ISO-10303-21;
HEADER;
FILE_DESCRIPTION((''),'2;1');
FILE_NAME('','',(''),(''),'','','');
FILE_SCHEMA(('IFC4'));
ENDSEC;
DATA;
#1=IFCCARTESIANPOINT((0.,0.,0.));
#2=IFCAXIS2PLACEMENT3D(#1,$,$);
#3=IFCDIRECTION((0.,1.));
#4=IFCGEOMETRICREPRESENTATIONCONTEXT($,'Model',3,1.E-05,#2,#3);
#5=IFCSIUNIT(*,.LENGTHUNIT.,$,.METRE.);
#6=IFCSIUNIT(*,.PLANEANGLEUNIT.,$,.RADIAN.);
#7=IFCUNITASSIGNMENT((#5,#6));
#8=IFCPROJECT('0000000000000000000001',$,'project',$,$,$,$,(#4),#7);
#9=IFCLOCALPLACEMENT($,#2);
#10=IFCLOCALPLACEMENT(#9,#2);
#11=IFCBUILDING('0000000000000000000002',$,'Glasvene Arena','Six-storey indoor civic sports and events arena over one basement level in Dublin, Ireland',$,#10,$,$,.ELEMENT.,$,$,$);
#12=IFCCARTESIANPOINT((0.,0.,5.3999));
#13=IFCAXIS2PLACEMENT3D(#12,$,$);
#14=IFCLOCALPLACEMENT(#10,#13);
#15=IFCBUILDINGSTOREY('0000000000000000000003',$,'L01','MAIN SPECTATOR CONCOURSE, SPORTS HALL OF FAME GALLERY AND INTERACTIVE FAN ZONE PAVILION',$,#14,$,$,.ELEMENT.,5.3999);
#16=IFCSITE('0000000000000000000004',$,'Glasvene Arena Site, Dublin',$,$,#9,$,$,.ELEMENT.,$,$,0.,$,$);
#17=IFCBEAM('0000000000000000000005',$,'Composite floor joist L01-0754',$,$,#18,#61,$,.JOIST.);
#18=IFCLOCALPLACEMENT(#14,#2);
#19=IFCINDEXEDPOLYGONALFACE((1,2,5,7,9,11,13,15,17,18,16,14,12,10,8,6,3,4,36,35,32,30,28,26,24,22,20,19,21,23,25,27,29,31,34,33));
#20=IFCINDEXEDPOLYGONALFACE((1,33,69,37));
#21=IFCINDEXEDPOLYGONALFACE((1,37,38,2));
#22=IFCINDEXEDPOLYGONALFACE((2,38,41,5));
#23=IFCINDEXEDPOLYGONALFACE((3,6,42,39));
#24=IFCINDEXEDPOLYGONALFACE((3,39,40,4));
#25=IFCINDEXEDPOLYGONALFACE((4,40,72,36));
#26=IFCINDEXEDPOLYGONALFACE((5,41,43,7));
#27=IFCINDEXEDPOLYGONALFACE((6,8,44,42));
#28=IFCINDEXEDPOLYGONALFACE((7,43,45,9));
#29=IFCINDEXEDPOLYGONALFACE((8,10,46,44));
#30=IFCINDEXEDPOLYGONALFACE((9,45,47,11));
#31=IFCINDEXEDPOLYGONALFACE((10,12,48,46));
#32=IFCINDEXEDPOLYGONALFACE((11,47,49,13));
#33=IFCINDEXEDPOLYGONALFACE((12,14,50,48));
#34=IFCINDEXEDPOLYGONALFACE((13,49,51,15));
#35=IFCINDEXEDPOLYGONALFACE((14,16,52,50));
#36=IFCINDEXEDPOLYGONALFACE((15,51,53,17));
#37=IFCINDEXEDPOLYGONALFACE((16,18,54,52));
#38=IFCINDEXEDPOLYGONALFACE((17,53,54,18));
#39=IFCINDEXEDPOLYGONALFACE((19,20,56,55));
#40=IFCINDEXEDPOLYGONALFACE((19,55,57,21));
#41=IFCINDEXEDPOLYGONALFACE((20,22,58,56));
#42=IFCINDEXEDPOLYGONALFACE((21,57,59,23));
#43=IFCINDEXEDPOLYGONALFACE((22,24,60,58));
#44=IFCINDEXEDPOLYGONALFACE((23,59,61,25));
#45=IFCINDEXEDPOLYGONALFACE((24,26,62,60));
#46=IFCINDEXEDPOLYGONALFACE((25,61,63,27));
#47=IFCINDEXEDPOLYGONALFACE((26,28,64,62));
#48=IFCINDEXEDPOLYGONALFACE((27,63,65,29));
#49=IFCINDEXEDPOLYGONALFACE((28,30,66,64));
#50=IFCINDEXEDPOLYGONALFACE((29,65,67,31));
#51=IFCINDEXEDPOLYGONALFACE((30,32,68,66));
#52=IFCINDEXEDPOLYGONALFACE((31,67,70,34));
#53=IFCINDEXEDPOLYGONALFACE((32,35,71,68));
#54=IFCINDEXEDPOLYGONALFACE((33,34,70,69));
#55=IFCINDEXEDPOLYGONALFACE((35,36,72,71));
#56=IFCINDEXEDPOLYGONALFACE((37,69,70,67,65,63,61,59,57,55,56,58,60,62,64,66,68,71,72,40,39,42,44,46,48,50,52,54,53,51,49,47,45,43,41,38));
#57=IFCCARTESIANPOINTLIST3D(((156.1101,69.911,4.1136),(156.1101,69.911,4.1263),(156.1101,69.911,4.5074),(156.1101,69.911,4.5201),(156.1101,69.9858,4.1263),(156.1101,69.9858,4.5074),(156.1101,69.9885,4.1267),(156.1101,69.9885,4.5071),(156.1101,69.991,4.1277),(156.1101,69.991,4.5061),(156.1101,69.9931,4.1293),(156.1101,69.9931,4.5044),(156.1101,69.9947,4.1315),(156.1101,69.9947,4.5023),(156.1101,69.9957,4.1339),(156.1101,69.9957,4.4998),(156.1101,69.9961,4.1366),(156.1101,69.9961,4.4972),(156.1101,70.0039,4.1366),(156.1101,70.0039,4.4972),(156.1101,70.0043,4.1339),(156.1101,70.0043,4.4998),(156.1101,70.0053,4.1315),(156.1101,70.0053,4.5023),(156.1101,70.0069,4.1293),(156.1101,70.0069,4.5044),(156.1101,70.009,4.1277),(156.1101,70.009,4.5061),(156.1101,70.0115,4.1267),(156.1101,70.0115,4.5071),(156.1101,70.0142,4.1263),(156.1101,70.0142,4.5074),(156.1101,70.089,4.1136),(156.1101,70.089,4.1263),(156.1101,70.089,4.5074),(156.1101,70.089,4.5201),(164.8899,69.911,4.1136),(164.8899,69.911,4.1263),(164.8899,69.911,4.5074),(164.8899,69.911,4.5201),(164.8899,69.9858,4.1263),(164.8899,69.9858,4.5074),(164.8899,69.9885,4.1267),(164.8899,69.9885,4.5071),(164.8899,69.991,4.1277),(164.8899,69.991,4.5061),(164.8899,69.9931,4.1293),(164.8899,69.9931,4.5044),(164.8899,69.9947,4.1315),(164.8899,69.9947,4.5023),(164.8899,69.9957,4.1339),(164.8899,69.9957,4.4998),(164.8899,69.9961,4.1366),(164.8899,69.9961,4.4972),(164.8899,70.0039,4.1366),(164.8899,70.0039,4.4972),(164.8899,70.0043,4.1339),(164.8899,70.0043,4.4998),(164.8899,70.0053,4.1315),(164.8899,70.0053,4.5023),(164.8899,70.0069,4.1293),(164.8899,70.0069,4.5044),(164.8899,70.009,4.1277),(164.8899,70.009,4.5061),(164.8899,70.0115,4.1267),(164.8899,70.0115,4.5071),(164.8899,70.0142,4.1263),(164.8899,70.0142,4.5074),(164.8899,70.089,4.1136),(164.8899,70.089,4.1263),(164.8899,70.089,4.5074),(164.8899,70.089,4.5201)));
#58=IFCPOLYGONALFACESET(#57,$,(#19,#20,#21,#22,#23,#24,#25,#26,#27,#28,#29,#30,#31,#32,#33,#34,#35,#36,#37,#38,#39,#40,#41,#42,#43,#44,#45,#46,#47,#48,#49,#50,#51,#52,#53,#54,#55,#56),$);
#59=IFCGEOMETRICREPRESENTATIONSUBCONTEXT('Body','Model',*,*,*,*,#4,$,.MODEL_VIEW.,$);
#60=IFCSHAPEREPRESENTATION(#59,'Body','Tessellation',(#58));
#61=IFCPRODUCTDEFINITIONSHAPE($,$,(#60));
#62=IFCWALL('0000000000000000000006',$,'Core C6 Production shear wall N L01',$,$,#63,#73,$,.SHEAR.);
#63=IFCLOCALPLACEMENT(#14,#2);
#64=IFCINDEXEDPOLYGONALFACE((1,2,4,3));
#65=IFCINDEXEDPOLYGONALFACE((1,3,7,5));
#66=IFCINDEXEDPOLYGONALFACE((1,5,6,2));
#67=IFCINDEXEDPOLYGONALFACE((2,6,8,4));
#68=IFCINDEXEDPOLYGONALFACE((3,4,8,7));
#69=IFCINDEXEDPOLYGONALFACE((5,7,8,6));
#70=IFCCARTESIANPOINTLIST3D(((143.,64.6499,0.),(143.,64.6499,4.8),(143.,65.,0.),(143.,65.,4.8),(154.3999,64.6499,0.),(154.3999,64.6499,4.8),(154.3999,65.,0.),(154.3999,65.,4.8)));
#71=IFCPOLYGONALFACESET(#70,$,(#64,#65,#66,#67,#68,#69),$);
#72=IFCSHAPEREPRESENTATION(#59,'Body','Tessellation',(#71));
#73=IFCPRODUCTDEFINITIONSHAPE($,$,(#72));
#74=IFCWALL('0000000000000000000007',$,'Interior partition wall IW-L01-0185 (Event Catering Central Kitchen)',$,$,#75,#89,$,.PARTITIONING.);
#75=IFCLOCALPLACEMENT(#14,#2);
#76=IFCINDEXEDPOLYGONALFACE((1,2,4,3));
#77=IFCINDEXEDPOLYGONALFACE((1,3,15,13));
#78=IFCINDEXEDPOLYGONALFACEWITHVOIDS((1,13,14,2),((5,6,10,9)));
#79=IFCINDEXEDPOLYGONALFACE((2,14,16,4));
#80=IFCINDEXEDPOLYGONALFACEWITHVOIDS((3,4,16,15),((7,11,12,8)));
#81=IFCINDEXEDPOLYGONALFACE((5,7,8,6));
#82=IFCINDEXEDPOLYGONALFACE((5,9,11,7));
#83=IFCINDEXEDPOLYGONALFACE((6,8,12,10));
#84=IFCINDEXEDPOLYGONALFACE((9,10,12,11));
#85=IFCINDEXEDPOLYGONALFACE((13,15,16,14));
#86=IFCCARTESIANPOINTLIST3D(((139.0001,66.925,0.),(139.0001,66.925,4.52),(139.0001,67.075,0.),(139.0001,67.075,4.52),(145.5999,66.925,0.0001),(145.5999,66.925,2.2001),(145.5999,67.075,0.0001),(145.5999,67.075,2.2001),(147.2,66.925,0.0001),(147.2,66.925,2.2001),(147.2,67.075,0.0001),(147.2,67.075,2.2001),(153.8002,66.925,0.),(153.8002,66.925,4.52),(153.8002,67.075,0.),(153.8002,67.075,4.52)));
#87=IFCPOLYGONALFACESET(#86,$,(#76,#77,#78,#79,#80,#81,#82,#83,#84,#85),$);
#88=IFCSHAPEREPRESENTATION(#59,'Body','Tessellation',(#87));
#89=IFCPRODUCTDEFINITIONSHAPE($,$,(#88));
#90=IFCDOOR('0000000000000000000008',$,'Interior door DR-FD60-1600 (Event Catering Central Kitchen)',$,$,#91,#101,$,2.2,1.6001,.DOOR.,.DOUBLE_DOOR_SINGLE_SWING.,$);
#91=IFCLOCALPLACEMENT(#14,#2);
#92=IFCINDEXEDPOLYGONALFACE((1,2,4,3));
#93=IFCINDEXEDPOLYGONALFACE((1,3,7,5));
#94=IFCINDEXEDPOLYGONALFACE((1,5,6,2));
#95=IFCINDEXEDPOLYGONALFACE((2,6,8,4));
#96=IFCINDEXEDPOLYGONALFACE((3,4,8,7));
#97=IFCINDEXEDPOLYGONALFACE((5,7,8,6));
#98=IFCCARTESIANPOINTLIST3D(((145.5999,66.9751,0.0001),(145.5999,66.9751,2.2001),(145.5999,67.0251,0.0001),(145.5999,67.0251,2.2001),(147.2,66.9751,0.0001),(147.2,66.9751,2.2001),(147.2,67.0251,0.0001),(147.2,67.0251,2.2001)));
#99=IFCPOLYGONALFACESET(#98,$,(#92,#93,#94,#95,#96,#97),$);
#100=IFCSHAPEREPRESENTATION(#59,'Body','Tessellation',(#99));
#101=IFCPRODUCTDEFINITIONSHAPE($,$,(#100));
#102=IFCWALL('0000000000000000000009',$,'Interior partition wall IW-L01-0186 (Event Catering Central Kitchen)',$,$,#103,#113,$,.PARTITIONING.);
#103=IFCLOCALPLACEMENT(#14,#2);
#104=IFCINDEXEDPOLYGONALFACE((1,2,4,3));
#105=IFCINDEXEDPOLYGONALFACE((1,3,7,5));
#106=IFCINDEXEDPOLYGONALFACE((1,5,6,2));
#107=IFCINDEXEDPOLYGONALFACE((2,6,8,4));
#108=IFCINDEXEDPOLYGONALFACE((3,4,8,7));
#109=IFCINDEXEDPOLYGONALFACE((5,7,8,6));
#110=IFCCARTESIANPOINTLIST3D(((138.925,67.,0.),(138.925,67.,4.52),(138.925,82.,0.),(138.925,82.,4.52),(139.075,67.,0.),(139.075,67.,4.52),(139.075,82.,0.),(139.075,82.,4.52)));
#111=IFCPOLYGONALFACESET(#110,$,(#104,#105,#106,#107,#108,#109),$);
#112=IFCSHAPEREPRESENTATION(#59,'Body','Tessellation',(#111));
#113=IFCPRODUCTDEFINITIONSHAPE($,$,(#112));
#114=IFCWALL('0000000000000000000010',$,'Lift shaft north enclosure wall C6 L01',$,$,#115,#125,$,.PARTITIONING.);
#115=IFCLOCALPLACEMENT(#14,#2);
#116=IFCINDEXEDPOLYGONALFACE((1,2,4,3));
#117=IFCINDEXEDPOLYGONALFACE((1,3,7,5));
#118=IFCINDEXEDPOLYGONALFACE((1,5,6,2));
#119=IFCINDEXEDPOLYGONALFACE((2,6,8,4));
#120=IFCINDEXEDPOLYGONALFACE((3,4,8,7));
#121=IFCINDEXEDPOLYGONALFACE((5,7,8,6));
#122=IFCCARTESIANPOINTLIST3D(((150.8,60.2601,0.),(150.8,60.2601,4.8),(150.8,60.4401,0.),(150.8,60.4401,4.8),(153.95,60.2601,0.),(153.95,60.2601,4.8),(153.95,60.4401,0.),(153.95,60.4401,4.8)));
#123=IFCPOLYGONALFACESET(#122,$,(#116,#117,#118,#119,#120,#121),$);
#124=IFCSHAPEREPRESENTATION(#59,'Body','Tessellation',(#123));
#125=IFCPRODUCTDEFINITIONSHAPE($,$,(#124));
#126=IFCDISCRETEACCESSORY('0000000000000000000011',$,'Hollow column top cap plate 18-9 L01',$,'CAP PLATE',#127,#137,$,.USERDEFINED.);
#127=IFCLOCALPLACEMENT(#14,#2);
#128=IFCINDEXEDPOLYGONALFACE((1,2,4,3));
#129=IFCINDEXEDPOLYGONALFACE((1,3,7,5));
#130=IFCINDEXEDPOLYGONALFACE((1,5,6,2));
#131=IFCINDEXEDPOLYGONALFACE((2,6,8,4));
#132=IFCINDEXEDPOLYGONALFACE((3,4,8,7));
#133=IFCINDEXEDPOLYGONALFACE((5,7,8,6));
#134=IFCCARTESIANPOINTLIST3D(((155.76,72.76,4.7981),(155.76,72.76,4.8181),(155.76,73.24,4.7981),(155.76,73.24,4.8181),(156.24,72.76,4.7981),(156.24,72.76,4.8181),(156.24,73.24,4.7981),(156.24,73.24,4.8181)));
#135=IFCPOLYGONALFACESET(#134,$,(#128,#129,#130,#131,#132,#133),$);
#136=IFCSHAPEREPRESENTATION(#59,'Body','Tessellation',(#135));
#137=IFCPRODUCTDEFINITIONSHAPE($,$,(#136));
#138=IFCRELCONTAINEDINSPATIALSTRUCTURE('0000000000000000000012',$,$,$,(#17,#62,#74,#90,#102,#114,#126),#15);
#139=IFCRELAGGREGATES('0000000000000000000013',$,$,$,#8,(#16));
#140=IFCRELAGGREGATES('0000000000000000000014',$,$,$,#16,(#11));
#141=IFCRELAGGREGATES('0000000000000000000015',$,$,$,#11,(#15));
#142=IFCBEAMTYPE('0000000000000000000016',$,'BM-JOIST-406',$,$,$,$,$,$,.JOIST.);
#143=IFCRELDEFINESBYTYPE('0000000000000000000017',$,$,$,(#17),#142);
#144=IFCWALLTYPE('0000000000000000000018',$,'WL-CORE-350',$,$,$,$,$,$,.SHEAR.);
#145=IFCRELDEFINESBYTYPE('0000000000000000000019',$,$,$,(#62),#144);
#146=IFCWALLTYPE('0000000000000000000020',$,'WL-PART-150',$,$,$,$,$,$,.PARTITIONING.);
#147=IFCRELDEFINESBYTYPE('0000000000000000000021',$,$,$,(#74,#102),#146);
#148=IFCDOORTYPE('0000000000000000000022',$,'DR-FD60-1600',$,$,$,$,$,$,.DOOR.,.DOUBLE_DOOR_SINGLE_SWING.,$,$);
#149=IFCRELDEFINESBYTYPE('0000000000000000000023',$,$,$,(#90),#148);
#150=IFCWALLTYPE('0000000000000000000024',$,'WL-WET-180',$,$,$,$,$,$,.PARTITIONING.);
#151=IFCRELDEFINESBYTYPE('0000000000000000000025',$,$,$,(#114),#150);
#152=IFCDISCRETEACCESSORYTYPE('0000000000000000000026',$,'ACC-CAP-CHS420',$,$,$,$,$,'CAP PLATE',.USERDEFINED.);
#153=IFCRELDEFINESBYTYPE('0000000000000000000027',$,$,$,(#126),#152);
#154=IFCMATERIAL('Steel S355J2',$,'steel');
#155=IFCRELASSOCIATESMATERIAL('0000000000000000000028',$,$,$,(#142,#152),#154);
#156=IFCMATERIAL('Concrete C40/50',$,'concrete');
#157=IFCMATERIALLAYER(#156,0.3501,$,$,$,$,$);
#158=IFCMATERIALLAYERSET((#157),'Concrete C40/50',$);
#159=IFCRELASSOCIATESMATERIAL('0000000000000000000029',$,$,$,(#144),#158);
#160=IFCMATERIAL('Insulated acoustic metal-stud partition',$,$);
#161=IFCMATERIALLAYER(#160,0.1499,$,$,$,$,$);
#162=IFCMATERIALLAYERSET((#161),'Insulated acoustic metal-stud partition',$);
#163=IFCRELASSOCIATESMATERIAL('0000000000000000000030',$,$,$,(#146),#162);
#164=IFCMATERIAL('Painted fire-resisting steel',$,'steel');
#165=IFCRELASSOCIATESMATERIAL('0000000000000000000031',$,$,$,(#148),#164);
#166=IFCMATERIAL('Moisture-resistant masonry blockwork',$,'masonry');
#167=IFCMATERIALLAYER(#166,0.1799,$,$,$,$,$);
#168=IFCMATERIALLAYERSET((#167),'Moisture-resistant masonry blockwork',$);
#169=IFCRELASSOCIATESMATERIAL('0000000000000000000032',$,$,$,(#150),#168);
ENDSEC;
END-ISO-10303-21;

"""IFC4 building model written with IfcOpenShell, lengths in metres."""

from ifc_helpers import new_model, si_unit, direction, frame, frame_2d, origin, origin_2d, place, context, subcontext, project, spatial, rectangle, i_section, extrude, material, layer, layer_set, material_profile, profile_set, type_object, element, fill, save


model = new_model("IFC4")

# Units and contexts
model_context = context("Model", 3, precision=1e-05, world=origin(), true_north=direction((0.0, 1.0)))
body_context = subcontext(model_context, "Body", "Model", "MODEL_VIEW")
ifc_project = project(units=[si_unit("LENGTHUNIT", "METRE"), si_unit("PLANEANGLEUNIT", "RADIAN")], contexts=[model_context])

# Site, building, storey
site_placement = place(None, origin())
site = spatial("IfcSite", under=ifc_project, at=site_placement, Name="Glasvene Arena Site, Dublin", CompositionType="ELEMENT", RefElevation=0.0)
building_placement = place(site_placement, origin())
building = spatial("IfcBuilding", under=site, at=building_placement, Name="Glasvene Arena", Description="Six-storey indoor civic sports and events arena over one basement level in Dublin, Ireland", CompositionType="ELEMENT")
storey_placement = place(building_placement, frame((0.0, 0.0, 5.3999)))
storey = spatial("IfcBuildingStorey", under=building, at=storey_placement, Name="L01", Description="MAIN SPECTATOR CONCOURSE, SPORTS HALL OF FAME GALLERY AND INTERACTIVE FAN ZONE PAVILION", CompositionType="ELEMENT", Elevation=5.3999)

# Shared definitions
ifc_material_1 = material(Name="Steel S355J2", Category="steel")

# Beam
ifc_material_profile_1 = material_profile(ifc_material_1, i_section(OverallWidth=0.178, OverallDepth=0.4065, WebThickness=0.0078, FlangeThickness=0.0127, FilletRadius=0.0103, at=origin_2d()), Name="UKB 406x178x60")
ifc_profile_set_1 = profile_set([ifc_material_profile_1], Name="Steel S355J2")
beam_type_1 = type_object("IfcBeamType", Name="BM-JOIST-406", PredefinedType="JOIST", material=ifc_profile_set_1)
for number, where, z_axis, x_axis, name in (
    (1, (156.1101, 70.0, 4.3169), (1.0, 0.0, 0.0), (0.0, 1.0, 0.0), "Composite floor joist L01-0754"),
):
    element("IfcBeam", number, at=place(storey_placement, frame(where, z_axis=z_axis, x_axis=x_axis)), inside=storey, type_object=beam_type_1, Name=name, PredefinedType="JOIST", context=body_context, shape_type="SweptSolid", body=[
        extrude(i_section(OverallWidth=0.178, OverallDepth=0.4065, WebThickness=0.0078, FlangeThickness=0.0127, FilletRadius=0.0103, at=origin_2d()), origin(), (0.0, 0.0, 1.0), 8.7798),
    ])

# Wall
ifc_material_2 = material(Name="Concrete C40/50", Category="concrete")
ifc_layer_1 = layer(ifc_material_2, 0.3501)
ifc_layer_set_1 = layer_set([ifc_layer_1], Name="Concrete C40/50")
wall_type_1 = type_object("IfcWallType", Name="WL-CORE-350", PredefinedType="SHEAR", material=ifc_layer_set_1)
wall_1_placement = place(storey_placement, frame((143.0, 64.825, 0.0), z_axis=(0.0, 0.0, 1.0), x_axis=(1.0, 0.0, 0.0)))
element("IfcWall", 2, at=wall_1_placement, inside=storey, type_object=wall_type_1, Name="Core C6 Production shear wall N L01", PredefinedType="SHEAR", context=body_context, shape_type="SweptSolid", body=[
    extrude(rectangle(XDim=11.3999, YDim=0.3501, at=frame_2d((5.7, 0.0))), origin(), (0.0, 0.0, 1.0), 4.8),
])

# Wall, opening, door
ifc_material_3 = material(Name="Insulated acoustic metal-stud partition")
ifc_layer_2 = layer(ifc_material_3, 0.1499)
ifc_layer_set_2 = layer_set([ifc_layer_2], Name="Insulated acoustic metal-stud partition")
wall_type_2 = type_object("IfcWallType", Name="WL-PART-150", PredefinedType="PARTITIONING", material=ifc_layer_set_2)
wall_2_placement = place(storey_placement, frame((153.8, 67.0, 0.0), z_axis=(0.0, 0.0, 1.0), x_axis=(-1.0, 0.0, 0.0)))
wall_2 = element("IfcWall", 3, at=wall_2_placement, inside=storey, type_object=wall_type_2, Name="Interior partition wall IW-L01-0185 (Event Catering Central Kitchen)", PredefinedType="PARTITIONING", context=body_context, shape_type="SweptSolid", body=[
    extrude(rectangle(XDim=14.8, YDim=0.1499, at=frame_2d((7.3999, 0.0))), origin(), (0.0, 0.0, 1.0), 4.52),
])
opening_placement = place(wall_2_placement, frame((6.6001, 0.0, 0.0)))
opening = element("IfcOpeningElement", 4, at=opening_placement, cuts=wall_2, PredefinedType="OPENING", context=body_context, shape_type="SweptSolid", body=[
    extrude(rectangle(XDim=1.6001, YDim=2.2, at=frame_2d((0.8, 1.1001))), frame((0.0, 0.085, 0.0), z_axis=(0.0, -1.0, 0.0), x_axis=(1.0, 0.0, 0.0)), (0.0, 0.0, 1.0), 0.1699),
])
ifc_material_4 = material(Name="Painted fire-resisting steel", Category="steel")
door_type = type_object("IfcDoorType", Name="DR-FD60-1600", OperationType="DOUBLE_DOOR_SINGLE_SWING", PredefinedType="DOOR", material=ifc_material_4)
door_placement = place(opening_placement, origin())
door = element("IfcDoor", 5, at=door_placement, inside=storey, type_object=door_type, Name="Interior door DR-FD60-1600 (Event Catering Central Kitchen)", OperationType="DOUBLE_DOOR_SINGLE_SWING", OverallHeight=2.2, OverallWidth=1.6001, PredefinedType="DOOR", context=body_context, shape_type="SweptSolid", body=[
    extrude(rectangle(XDim=1.6001, YDim=2.2, at=frame_2d((0.8, 1.1001))), frame((0.0, 0.0249, 0.0), z_axis=(0.0, -1.0, 0.0), x_axis=(1.0, 0.0, 0.0)), (0.0, 0.0, 1.0), 0.05),
])
fill(opening, door)

# Walls
wall_3_placement = place(storey_placement, frame((139.0, 67.0, 0.0), z_axis=(0.0, 0.0, 1.0), x_axis=(0.0, 1.0, 0.0)))
element("IfcWall", 6, at=wall_3_placement, inside=storey, type_object=wall_type_2, Name="Interior partition wall IW-L01-0186 (Event Catering Central Kitchen)", PredefinedType="PARTITIONING", context=body_context, shape_type="SweptSolid", body=[
    extrude(rectangle(XDim=15.0, YDim=0.1499, at=frame_2d((7.5, 0.0))), origin(), (0.0, 0.0, 1.0), 4.52),
])
ifc_material_5 = material(Name="Moisture-resistant masonry blockwork", Category="masonry")
ifc_layer_3 = layer(ifc_material_5, 0.1799)
ifc_layer_set_3 = layer_set([ifc_layer_3], Name="Moisture-resistant masonry blockwork")
wall_type_3 = type_object("IfcWallType", Name="WL-WET-180", PredefinedType="PARTITIONING", material=ifc_layer_set_3)
wall_4_placement = place(storey_placement, frame((150.8, 60.3501, 0.0), z_axis=(0.0, 0.0, 1.0), x_axis=(1.0, 0.0, 0.0)))
element("IfcWall", 7, at=wall_4_placement, inside=storey, type_object=wall_type_3, Name="Lift shaft north enclosure wall C6 L01", PredefinedType="PARTITIONING", context=body_context, shape_type="SweptSolid", body=[
    extrude(rectangle(XDim=3.1499, YDim=0.1799, at=frame_2d((1.575, 0.0))), origin(), (0.0, 0.0, 1.0), 4.8),
])

# Discrete accessory
discrete_accessory_type = type_object("IfcDiscreteAccessoryType", Name="ACC-CAP-CHS420", ElementType="CAP PLATE", PredefinedType="USERDEFINED", material=ifc_material_1)
discrete_accessory_placement = place(storey_placement, frame((156.0, 73.0, 4.7981), z_axis=(0.0, 0.0, 1.0), x_axis=(1.0, 0.0, 0.0)))
element("IfcDiscreteAccessory", 8, at=discrete_accessory_placement, inside=storey, type_object=discrete_accessory_type, Name="Hollow column top cap plate 18-9 L01", ObjectType="CAP PLATE", PredefinedType="USERDEFINED", context=body_context, shape_type="SweptSolid", body=[
    extrude(rectangle(XDim=0.48, YDim=0.48, at=origin_2d()), origin(), (0.0, 0.0, 1.0), 0.02),
])

save(model, "model.ifc")
